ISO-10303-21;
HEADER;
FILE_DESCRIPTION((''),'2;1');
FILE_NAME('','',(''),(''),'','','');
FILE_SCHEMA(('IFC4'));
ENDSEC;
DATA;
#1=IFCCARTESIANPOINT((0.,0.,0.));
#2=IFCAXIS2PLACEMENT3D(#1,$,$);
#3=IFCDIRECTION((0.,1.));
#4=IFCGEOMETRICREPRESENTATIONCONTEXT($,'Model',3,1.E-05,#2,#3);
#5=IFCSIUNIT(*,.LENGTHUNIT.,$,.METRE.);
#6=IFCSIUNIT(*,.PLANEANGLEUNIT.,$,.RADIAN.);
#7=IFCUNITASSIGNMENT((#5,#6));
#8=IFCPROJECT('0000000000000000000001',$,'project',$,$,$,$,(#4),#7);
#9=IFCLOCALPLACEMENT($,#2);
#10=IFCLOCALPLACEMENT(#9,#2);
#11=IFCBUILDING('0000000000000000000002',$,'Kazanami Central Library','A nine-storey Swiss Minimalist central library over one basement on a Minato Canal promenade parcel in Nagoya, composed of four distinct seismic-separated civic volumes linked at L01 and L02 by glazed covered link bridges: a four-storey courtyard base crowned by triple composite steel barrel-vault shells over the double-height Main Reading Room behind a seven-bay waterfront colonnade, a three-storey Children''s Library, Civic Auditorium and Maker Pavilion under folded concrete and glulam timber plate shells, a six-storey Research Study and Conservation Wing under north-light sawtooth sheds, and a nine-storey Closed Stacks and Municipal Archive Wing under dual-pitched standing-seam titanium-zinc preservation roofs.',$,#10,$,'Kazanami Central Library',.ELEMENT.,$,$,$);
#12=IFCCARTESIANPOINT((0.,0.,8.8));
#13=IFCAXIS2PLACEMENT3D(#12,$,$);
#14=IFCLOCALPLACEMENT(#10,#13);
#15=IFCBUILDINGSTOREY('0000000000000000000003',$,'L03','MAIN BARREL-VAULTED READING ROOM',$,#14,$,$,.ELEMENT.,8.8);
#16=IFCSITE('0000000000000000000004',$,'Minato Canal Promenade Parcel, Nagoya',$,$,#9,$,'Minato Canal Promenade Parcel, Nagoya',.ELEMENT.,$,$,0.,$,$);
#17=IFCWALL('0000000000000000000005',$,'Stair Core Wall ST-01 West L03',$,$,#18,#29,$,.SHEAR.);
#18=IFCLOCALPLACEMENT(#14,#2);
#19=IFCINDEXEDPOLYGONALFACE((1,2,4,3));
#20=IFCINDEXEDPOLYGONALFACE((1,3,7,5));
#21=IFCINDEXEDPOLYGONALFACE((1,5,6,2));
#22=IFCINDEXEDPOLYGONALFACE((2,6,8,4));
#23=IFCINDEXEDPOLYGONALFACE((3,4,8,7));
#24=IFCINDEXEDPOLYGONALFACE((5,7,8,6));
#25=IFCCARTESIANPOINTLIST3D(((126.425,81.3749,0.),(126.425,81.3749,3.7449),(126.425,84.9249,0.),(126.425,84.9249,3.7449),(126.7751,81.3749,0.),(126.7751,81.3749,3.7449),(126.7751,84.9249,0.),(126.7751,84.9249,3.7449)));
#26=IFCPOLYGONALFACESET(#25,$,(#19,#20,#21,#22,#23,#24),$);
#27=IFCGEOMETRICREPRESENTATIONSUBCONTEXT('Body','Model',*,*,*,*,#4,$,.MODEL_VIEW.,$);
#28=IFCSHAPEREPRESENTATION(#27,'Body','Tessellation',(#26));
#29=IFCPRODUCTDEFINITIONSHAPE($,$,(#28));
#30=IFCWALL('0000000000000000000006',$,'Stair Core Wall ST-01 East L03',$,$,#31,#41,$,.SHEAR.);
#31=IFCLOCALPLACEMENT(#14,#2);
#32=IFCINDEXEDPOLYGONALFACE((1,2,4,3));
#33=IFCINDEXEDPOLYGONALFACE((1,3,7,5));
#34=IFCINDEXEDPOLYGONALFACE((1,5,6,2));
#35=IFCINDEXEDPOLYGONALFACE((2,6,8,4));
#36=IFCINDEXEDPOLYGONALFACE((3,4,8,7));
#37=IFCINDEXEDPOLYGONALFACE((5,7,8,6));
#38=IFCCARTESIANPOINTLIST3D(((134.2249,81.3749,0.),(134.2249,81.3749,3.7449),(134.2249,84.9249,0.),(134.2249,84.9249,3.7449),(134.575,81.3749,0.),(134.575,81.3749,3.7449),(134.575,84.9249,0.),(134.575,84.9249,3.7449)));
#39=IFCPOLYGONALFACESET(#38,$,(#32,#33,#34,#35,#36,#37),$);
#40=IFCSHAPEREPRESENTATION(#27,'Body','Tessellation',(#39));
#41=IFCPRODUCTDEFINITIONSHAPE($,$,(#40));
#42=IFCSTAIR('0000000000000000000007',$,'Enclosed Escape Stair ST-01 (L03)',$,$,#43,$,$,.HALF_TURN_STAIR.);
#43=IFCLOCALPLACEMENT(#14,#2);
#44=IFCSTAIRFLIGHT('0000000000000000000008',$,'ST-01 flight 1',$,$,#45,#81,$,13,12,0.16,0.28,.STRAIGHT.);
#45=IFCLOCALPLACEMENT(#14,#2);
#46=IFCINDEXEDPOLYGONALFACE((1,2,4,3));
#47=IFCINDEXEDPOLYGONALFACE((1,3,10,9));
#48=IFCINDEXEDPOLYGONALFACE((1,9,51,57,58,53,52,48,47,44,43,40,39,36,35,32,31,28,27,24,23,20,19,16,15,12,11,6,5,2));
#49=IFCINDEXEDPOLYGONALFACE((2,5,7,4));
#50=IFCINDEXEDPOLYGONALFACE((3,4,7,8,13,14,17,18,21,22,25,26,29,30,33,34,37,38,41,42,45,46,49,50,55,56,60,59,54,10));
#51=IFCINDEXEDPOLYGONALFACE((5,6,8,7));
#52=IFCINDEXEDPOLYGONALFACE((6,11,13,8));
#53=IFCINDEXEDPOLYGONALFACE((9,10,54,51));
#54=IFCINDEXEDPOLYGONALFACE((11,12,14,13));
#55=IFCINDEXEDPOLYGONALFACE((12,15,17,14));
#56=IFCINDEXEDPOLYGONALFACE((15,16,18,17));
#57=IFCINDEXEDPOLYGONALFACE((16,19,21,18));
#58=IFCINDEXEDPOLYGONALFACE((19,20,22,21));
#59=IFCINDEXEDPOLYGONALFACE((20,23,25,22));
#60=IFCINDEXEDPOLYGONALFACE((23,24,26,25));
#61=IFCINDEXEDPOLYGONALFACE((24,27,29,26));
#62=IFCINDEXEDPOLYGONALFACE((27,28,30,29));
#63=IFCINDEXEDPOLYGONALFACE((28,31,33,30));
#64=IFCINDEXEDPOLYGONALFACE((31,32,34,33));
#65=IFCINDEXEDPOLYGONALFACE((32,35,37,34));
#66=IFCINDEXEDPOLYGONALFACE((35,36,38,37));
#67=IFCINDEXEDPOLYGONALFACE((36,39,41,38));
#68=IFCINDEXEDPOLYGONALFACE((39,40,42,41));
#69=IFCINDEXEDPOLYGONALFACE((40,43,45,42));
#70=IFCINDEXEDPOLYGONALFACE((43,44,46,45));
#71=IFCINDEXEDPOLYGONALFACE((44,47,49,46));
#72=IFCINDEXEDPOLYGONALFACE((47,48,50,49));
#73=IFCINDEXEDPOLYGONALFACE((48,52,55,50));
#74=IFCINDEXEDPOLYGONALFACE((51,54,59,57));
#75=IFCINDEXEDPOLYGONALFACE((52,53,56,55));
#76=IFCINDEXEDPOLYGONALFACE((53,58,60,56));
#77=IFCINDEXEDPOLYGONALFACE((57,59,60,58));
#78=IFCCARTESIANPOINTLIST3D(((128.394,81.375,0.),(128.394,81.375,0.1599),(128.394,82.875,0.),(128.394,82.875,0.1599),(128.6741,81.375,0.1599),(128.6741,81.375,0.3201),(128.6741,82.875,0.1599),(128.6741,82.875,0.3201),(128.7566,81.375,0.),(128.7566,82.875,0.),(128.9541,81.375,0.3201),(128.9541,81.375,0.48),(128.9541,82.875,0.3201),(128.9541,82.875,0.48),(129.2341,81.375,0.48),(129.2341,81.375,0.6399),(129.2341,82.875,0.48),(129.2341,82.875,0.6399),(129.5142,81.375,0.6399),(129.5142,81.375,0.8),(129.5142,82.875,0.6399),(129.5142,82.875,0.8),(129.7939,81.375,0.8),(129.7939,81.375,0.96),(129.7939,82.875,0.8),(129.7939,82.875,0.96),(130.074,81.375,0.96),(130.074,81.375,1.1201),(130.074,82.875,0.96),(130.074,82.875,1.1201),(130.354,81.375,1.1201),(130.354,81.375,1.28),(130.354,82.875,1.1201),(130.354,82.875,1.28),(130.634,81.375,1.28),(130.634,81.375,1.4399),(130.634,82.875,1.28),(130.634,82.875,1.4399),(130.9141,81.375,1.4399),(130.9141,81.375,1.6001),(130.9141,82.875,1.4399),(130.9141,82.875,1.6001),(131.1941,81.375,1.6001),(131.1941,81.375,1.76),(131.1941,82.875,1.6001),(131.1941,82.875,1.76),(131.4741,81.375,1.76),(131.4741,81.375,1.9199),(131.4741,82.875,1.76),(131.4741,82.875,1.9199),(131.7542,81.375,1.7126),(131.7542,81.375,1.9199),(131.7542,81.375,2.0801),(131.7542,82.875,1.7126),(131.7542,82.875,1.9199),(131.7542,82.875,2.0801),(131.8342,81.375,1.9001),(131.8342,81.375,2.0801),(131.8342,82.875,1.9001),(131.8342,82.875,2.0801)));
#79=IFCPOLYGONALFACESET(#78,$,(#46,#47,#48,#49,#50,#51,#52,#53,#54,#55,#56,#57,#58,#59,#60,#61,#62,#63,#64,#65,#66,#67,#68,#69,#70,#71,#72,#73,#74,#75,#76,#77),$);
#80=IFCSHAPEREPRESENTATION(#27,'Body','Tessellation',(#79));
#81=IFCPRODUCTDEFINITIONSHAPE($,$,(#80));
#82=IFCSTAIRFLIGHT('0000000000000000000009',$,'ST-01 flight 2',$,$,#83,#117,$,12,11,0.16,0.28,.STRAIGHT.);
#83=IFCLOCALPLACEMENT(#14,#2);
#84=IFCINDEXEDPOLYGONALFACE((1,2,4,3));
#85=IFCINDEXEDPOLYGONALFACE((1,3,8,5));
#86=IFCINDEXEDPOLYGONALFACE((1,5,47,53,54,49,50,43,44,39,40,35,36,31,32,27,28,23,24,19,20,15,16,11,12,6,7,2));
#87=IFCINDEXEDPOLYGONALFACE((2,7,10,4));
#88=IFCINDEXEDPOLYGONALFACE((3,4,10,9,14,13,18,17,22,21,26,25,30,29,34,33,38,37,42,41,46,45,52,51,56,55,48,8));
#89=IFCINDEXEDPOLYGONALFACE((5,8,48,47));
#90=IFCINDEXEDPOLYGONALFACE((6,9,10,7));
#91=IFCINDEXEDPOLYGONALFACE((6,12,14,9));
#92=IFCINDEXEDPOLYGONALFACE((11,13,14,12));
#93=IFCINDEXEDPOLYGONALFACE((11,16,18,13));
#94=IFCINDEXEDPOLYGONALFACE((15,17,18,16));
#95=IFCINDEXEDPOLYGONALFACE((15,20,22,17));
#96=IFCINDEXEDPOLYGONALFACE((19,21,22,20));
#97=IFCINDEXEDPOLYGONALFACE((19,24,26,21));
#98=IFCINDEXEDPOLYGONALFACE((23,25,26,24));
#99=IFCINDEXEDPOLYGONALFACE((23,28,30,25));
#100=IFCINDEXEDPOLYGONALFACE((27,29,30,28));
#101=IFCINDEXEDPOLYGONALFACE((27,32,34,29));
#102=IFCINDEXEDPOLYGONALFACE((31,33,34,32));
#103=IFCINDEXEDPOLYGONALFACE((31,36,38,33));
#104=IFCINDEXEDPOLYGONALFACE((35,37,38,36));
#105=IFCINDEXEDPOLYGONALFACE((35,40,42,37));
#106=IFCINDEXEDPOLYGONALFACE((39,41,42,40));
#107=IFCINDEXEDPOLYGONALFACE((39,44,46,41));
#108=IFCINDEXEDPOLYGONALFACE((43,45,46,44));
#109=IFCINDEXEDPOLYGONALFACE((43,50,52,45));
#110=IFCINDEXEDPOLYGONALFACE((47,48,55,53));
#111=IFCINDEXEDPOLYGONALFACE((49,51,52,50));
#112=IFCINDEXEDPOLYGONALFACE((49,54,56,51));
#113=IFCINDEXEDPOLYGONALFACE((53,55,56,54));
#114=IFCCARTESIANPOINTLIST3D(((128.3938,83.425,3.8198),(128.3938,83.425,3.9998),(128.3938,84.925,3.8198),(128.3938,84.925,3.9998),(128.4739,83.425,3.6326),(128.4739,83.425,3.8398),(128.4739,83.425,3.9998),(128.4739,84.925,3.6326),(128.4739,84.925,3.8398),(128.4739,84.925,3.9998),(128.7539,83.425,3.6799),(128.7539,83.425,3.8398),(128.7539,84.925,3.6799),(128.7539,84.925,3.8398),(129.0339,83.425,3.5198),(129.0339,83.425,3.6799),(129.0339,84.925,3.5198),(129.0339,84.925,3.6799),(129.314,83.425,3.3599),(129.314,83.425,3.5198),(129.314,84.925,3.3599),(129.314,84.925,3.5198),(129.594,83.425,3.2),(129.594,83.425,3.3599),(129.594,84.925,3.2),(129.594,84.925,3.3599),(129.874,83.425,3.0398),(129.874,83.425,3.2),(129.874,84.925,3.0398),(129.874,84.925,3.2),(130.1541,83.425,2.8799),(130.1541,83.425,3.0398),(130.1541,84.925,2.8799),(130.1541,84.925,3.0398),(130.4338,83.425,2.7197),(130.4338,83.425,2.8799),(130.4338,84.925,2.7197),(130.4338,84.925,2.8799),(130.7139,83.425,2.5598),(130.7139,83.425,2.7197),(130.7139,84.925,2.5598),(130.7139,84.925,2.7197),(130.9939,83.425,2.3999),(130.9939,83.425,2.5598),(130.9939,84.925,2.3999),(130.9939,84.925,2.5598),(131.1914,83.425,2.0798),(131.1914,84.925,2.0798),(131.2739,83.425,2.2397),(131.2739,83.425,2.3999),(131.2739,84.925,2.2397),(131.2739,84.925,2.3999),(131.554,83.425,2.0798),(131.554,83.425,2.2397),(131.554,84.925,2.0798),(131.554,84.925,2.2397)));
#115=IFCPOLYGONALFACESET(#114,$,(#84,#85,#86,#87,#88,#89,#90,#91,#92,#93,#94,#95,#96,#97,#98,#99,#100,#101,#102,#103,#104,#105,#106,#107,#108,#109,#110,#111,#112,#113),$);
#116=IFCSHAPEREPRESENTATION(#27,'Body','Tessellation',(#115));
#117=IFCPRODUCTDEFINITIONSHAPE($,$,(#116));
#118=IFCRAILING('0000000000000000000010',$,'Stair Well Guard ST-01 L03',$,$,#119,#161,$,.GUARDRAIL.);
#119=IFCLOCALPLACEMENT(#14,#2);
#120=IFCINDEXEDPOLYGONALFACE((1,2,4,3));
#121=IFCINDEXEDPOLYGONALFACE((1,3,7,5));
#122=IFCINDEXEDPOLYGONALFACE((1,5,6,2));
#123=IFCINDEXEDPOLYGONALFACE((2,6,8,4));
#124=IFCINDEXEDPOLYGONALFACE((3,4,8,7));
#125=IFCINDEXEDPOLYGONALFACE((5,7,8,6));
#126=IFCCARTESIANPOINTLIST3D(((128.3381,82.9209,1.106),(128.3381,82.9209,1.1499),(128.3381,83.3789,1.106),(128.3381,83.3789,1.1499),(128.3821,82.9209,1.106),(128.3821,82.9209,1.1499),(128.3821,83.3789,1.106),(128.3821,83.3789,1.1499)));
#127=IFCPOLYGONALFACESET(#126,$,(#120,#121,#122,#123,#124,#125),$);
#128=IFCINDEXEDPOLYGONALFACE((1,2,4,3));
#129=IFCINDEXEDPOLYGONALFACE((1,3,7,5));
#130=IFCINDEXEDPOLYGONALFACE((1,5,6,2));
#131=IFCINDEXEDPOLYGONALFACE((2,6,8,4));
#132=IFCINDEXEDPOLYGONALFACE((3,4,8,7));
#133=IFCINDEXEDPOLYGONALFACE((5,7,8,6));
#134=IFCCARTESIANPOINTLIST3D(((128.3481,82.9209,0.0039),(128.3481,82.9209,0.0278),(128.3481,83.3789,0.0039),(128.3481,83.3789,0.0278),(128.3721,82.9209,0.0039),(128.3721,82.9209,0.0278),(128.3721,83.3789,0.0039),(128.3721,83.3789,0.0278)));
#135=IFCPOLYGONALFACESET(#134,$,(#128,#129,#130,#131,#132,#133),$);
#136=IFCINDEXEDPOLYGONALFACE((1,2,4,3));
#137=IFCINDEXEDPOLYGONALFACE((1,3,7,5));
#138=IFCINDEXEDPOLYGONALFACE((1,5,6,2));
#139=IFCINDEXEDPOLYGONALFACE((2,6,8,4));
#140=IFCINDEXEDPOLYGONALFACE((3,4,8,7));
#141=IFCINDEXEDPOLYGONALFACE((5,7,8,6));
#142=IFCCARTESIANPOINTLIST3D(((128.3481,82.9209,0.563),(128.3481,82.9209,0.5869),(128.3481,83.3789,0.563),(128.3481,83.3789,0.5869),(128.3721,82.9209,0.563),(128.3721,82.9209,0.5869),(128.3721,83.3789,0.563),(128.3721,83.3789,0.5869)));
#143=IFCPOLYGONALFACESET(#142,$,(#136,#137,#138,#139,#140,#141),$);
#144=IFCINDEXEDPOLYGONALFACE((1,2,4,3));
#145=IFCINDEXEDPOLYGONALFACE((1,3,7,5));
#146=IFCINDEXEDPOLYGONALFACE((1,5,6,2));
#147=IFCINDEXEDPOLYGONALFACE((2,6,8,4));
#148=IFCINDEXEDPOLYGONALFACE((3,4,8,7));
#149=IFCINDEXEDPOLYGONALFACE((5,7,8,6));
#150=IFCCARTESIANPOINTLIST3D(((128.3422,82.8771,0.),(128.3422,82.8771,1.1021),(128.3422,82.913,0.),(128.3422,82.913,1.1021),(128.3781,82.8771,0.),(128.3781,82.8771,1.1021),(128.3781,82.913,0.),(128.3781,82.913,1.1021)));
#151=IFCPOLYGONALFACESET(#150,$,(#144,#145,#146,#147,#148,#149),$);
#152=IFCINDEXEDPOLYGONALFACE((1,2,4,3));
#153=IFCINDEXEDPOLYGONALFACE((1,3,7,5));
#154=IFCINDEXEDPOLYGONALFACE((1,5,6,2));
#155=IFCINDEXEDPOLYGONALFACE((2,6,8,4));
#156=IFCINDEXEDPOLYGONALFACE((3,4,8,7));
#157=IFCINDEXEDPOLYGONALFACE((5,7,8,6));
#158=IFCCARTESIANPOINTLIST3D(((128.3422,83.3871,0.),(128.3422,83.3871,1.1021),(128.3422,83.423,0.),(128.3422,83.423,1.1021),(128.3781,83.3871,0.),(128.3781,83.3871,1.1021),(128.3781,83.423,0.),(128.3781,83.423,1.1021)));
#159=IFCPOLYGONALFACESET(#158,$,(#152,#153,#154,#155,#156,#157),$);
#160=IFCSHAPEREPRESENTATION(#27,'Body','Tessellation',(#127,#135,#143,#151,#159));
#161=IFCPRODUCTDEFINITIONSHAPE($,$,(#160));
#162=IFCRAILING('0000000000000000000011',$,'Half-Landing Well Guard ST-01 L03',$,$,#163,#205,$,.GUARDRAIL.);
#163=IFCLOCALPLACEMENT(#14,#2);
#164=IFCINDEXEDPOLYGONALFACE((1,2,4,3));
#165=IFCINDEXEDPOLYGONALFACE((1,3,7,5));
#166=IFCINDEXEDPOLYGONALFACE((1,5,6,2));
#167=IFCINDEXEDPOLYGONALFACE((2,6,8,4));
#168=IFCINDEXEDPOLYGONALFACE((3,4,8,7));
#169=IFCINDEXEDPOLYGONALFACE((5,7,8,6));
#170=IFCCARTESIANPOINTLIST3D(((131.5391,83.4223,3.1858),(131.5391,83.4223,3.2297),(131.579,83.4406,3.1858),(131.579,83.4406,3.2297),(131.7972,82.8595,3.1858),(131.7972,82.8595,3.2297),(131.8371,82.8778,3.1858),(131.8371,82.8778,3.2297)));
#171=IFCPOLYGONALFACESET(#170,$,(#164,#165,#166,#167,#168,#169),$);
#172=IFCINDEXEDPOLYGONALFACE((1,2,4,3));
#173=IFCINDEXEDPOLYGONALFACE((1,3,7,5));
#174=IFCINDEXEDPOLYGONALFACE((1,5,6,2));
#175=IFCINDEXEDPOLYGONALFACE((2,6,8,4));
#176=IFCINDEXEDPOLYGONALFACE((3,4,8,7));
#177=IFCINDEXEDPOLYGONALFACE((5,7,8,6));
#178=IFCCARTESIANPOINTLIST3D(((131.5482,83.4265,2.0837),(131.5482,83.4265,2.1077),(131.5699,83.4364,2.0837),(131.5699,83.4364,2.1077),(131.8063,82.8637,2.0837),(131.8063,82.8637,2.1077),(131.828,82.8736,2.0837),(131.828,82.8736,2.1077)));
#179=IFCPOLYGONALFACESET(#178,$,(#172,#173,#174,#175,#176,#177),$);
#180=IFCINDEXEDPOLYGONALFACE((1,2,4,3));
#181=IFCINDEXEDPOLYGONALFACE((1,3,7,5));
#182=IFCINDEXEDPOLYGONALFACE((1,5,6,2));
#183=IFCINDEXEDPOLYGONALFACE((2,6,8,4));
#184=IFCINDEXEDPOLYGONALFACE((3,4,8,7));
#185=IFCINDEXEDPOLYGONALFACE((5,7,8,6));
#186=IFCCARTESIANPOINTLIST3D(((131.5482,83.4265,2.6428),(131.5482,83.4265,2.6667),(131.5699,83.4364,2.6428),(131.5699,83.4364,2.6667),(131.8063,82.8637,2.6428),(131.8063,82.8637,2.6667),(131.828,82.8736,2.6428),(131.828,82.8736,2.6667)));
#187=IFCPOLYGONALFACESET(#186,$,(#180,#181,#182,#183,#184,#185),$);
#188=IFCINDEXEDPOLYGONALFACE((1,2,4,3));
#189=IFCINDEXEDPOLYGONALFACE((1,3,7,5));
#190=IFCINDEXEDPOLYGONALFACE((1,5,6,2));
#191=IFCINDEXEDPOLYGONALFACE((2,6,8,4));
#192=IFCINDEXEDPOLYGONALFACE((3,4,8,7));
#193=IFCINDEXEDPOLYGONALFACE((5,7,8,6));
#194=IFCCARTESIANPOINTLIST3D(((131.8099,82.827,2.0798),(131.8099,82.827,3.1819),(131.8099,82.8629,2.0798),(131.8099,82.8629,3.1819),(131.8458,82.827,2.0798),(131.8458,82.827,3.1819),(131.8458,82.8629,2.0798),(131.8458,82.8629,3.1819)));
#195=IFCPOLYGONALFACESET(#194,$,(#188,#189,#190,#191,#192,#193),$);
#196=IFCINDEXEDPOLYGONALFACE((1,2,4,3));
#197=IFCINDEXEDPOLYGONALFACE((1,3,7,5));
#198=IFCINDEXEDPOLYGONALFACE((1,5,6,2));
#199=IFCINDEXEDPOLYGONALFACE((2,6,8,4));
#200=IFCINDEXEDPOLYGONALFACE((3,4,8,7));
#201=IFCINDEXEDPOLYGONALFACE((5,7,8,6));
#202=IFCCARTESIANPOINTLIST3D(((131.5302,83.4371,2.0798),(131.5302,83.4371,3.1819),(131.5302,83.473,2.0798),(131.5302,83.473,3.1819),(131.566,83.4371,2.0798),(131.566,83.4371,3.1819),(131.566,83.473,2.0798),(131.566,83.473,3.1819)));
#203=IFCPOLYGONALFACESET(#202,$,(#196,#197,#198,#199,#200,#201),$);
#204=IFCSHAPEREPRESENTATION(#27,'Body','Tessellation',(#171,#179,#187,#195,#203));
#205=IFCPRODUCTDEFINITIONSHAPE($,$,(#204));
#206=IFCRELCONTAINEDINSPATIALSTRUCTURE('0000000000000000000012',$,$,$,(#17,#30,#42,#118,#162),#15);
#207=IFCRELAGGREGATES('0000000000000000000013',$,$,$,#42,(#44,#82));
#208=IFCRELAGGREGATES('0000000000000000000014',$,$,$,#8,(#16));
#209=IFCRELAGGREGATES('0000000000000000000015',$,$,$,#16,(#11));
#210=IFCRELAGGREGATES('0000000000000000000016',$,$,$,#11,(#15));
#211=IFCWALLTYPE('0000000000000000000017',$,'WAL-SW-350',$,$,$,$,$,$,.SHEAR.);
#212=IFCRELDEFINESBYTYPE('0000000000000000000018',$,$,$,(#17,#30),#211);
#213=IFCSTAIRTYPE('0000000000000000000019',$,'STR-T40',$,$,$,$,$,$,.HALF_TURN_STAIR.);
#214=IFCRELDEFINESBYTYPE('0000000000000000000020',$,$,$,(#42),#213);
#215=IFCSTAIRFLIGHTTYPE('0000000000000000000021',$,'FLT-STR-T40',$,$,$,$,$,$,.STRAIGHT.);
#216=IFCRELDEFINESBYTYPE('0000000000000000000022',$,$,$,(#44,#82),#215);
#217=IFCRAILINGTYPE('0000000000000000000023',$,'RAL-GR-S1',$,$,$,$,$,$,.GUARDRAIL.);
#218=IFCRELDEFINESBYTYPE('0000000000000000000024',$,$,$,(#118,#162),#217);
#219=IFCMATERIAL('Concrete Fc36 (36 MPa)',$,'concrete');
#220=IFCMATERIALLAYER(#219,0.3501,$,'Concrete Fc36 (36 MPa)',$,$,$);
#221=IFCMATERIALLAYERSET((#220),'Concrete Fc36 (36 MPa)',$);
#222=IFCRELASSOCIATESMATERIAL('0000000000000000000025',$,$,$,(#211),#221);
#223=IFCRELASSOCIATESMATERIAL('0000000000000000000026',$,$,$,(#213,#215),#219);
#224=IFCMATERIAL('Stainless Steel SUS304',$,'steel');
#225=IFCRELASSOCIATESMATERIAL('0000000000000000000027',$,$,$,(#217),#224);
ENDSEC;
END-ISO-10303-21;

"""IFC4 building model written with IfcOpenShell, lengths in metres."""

from ifc_helpers import new_model, si_unit, direction, frame, frame_2d, origin, origin_2d, place, context, subcontext, project, spatial, polyline, rectangle, outline, extrude, material, layer, layer_set, type_object, element, aggregate, save


model = new_model("IFC4")

# Units and contexts
model_context = context("Model", 3, precision=1e-05, world=origin(), true_north=direction((0.0, 1.0)))
body_context = subcontext(model_context, "Body", "Model", "MODEL_VIEW")
ifc_project = project(units=[si_unit("LENGTHUNIT", "METRE"), si_unit("PLANEANGLEUNIT", "RADIAN")], contexts=[model_context])

# Site, building, storey
site_placement = place(None, origin())
site = spatial("IfcSite", under=ifc_project, at=site_placement, Name="Minato Canal Promenade Parcel, Nagoya", LongName="Minato Canal Promenade Parcel, Nagoya", CompositionType="ELEMENT", RefElevation=0.0)
building_placement = place(site_placement, origin())
building = spatial("IfcBuilding", under=site, at=building_placement, Name="Kazanami Central Library", Description="A nine-storey Swiss Minimalist central library over one basement on a Minato Canal promenade parcel in Nagoya, composed of four distinct seismic-separated civic volumes linked at L01 and L02 by glazed covered link bridges: a four-storey courtyard base crowned by triple composite steel barrel-vault shells over the double-height Main Reading Room behind a seven-bay waterfront colonnade, a three-storey Children's Library, Civic Auditorium and Maker Pavilion under folded concrete and glulam timber plate shells, a six-storey Research Study and Conservation Wing under north-light sawtooth sheds, and a nine-storey Closed Stacks and Municipal Archive Wing under dual-pitched standing-seam titanium-zinc preservation roofs.", LongName="Kazanami Central Library", CompositionType="ELEMENT")
storey_placement = place(building_placement, frame((0.0, 0.0, 8.8)))
storey = spatial("IfcBuildingStorey", under=building, at=storey_placement, Name="L03", Description="MAIN BARREL-VAULTED READING ROOM", CompositionType="ELEMENT", Elevation=8.8)

# Shared definitions
ifc_material_1 = material(Name="Concrete Fc36 (36 MPa)", Category="concrete")

# Shared definitions
ifc_layer_1 = layer(ifc_material_1, 0.3501, Name="Concrete Fc36 (36 MPa)")
ifc_layer_set_1 = layer_set([ifc_layer_1], Name="Concrete Fc36 (36 MPa)")
wall_type_1 = type_object("IfcWallType", Name="WAL-SW-350", PredefinedType="SHEAR", material=ifc_layer_set_1)

# Walls
for number, where, z_axis, x_axis, name in (
    (1, (126.6001, 81.375, 0.0), (0.0, 0.0, 1.0), (0.0, 1.0, 0.0), "Stair Core Wall ST-01 West L03"),
    (2, (134.3999, 81.375, 0.0), (0.0, 0.0, 1.0), (0.0, 1.0, 0.0), "Stair Core Wall ST-01 East L03"),
):
    element("IfcWall", number, at=place(storey_placement, frame(where, z_axis=z_axis, x_axis=x_axis)), inside=storey, type_object=wall_type_1, Name=name, PredefinedType="SHEAR", context=body_context, shape_type="SweptSolid", body=[
        extrude(rectangle(XDim=3.55, YDim=0.3501, at=frame_2d((1.7749, 0.0))), origin(), (0.0, 0.0, 1.0), 3.7449),
    ])

# Stair, stair flights
stair_type = type_object("IfcStairType", Name="STR-T40", PredefinedType="HALF_TURN_STAIR", material=ifc_material_1)
stair_placement = place(storey_placement, origin())
stair = element("IfcStair", 3, at=stair_placement, inside=storey, type_object=stair_type, Name="Enclosed Escape Stair ST-01 (L03)", PredefinedType="HALF_TURN_STAIR")
stair_flight_type = type_object("IfcStairFlightType", Name="FLT-STR-T40", PredefinedType="STRAIGHT", material=ifc_material_1)
stair_flight_1_placement = place(storey_placement, frame((128.394, 82.125, 0.0), z_axis=(0.0, 0.0, 1.0), x_axis=(1.0, 0.0, 0.0)))
stair_flight_1 = element("IfcStairFlight", 4, at=stair_flight_1_placement, type_object=stair_flight_type, Name="ST-01 flight 1", NumberOfRisers=13, NumberOfTreads=12, PredefinedType="STRAIGHT", RiserHeight=0.16, TreadLength=0.28, context=body_context, shape_type="SweptSolid", body=[
    extrude(outline(polyline([(0.0, 0.0), (0.0, 0.1599), (0.28, 0.1599), (0.28, 0.3201), (0.5601, 0.3201), (0.5601, 0.48), (0.8401, 0.48), (0.8401, 0.6399), (1.1201, 0.6399), (1.1201, 0.8), (1.3999, 0.8), (1.3999, 0.96), (1.6799, 0.96), (1.6799, 1.1201), (1.96, 1.1201), (1.96, 1.28), (2.24, 1.28), (2.24, 1.4399), (2.52, 1.4399), (2.52, 1.6001), (2.8, 1.6001), (2.8, 1.76), (3.0801, 1.76), (3.0801, 1.9199), (3.3601, 1.9199), (3.3601, 2.0801), (3.4402, 2.0801), (3.4402, 1.9001), (3.3601, 1.7126), (0.3625, 0.0), (0.0, 0.0)])), frame((0.0, 0.75, 0.0), z_axis=(0.0, -1.0, 0.0), x_axis=(1.0, 0.0, 0.0)), (0.0, 0.0, 1.0), 1.5),
])
stair_flight_2_placement = place(storey_placement, frame((131.554, 84.175, 2.0798), z_axis=(0.0, 0.0, 1.0), x_axis=(-1.0, 0.0, 0.0)))
stair_flight_2 = element("IfcStairFlight", 5, at=stair_flight_2_placement, type_object=stair_flight_type, Name="ST-01 flight 2", NumberOfRisers=12, NumberOfTreads=11, PredefinedType="STRAIGHT", RiserHeight=0.16, TreadLength=0.28, context=body_context, shape_type="SweptSolid", body=[
    extrude(outline(polyline([(0.0, 0.0), (0.0, 0.1599), (0.28, 0.1599), (0.28, 0.3201), (0.5601, 0.3201), (0.5601, 0.48), (0.8401, 0.48), (0.8401, 0.6399), (1.1201, 0.6399), (1.1201, 0.8), (1.3999, 0.8), (1.3999, 0.96), (1.6799, 0.96), (1.6799, 1.1201), (1.96, 1.1201), (1.96, 1.28), (2.24, 1.28), (2.24, 1.4399), (2.52, 1.4399), (2.52, 1.6001), (2.8, 1.6001), (2.8, 1.76), (3.0801, 1.76), (3.0801, 1.9199), (3.1602, 1.9199), (3.1602, 1.74), (3.0801, 1.5527), (0.3625, 0.0), (0.0, 0.0)])), frame((0.0, 0.75, 0.0), z_axis=(0.0, -1.0, 0.0), x_axis=(1.0, 0.0, 0.0)), (0.0, 0.0, 1.0), 1.5),
])
aggregate(stair, [stair_flight_1, stair_flight_2])

# Railings
ifc_material_2 = material(Name="Stainless Steel SUS304", Category="steel")
railing_type_1 = type_object("IfcRailingType", Name="RAL-GR-S1", PredefinedType="GUARDRAIL", material=ifc_material_2)
railing_1_placement = place(storey_placement, frame((128.3601, 82.895, 0.0)))
element("IfcRailing", 6, at=railing_1_placement, inside=storey, type_object=railing_type_1, Name="Stair Well Guard ST-01 L03", PredefinedType="GUARDRAIL", context=body_context, shape_type="SweptSolid", body=[
    extrude(rectangle(XDim=0.0439, YDim=0.0439, at=origin_2d()), frame((0.0, 0.0259, 1.1279), z_axis=(0.0, 1.0, 0.0), x_axis=(-1.0, 0.0, 0.0)), (0.0, 0.0, 1.0), 0.458),
    extrude(rectangle(XDim=0.0239, YDim=0.0239, at=origin_2d()), frame((0.0, 0.0259, 0.0159), z_axis=(0.0, 1.0, 0.0), x_axis=(-1.0, 0.0, 0.0)), (0.0, 0.0, 1.0), 0.458),
    extrude(rectangle(XDim=0.0239, YDim=0.0239, at=origin_2d()), frame((0.0, 0.0259, 0.575), z_axis=(0.0, 1.0, 0.0), x_axis=(-1.0, 0.0, 0.0)), (0.0, 0.0, 1.0), 0.458),
    extrude(rectangle(XDim=0.0359, YDim=0.0359, at=origin_2d()), origin(), (0.0, 0.0, 1.0), 1.1021),
    extrude(rectangle(XDim=0.0359, YDim=0.0359, at=origin_2d()), frame((0.0, 0.51, 0.0)), (0.0, 0.0, 1.0), 1.1021),
])
railing_2_placement = place(storey_placement, frame((131.8279, 82.845, 2.0798)))
element("IfcRailing", 7, at=railing_2_placement, inside=storey, type_object=railing_type_1, Name="Half-Landing Well Guard ST-01 L03", PredefinedType="GUARDRAIL", context=body_context, shape_type="SweptSolid", body=[
    extrude(rectangle(XDim=0.0439, YDim=0.0439, at=origin_2d()), frame((-0.0107, 0.0237, 1.1279), z_axis=(-0.416843, 0.908979, 0.0), x_axis=(-0.908979, -0.416843, 0.0)), (0.0, 0.0, 1.0), 0.6191),
    extrude(rectangle(XDim=0.0239, YDim=0.0239, at=origin_2d()), frame((-0.0107, 0.0237, 0.0159), z_axis=(-0.416843, 0.908979, 0.0), x_axis=(-0.908979, -0.416843, 0.0)), (0.0, 0.0, 1.0), 0.6191),
    extrude(rectangle(XDim=0.0239, YDim=0.0239, at=origin_2d()), frame((-0.0107, 0.0237, 0.575), z_axis=(-0.416843, 0.908979, 0.0), x_axis=(-0.908979, -0.416843, 0.0)), (0.0, 0.0, 1.0), 0.6191),
    extrude(rectangle(XDim=0.0359, YDim=0.0359, at=origin_2d()), origin(), (0.0, 0.0, 1.0), 1.1021),
    extrude(rectangle(XDim=0.0359, YDim=0.0359, at=origin_2d()), frame((-0.2798, 0.6101, 0.0)), (0.0, 0.0, 1.0), 1.1021),
])

save(model, "model.ifc")
